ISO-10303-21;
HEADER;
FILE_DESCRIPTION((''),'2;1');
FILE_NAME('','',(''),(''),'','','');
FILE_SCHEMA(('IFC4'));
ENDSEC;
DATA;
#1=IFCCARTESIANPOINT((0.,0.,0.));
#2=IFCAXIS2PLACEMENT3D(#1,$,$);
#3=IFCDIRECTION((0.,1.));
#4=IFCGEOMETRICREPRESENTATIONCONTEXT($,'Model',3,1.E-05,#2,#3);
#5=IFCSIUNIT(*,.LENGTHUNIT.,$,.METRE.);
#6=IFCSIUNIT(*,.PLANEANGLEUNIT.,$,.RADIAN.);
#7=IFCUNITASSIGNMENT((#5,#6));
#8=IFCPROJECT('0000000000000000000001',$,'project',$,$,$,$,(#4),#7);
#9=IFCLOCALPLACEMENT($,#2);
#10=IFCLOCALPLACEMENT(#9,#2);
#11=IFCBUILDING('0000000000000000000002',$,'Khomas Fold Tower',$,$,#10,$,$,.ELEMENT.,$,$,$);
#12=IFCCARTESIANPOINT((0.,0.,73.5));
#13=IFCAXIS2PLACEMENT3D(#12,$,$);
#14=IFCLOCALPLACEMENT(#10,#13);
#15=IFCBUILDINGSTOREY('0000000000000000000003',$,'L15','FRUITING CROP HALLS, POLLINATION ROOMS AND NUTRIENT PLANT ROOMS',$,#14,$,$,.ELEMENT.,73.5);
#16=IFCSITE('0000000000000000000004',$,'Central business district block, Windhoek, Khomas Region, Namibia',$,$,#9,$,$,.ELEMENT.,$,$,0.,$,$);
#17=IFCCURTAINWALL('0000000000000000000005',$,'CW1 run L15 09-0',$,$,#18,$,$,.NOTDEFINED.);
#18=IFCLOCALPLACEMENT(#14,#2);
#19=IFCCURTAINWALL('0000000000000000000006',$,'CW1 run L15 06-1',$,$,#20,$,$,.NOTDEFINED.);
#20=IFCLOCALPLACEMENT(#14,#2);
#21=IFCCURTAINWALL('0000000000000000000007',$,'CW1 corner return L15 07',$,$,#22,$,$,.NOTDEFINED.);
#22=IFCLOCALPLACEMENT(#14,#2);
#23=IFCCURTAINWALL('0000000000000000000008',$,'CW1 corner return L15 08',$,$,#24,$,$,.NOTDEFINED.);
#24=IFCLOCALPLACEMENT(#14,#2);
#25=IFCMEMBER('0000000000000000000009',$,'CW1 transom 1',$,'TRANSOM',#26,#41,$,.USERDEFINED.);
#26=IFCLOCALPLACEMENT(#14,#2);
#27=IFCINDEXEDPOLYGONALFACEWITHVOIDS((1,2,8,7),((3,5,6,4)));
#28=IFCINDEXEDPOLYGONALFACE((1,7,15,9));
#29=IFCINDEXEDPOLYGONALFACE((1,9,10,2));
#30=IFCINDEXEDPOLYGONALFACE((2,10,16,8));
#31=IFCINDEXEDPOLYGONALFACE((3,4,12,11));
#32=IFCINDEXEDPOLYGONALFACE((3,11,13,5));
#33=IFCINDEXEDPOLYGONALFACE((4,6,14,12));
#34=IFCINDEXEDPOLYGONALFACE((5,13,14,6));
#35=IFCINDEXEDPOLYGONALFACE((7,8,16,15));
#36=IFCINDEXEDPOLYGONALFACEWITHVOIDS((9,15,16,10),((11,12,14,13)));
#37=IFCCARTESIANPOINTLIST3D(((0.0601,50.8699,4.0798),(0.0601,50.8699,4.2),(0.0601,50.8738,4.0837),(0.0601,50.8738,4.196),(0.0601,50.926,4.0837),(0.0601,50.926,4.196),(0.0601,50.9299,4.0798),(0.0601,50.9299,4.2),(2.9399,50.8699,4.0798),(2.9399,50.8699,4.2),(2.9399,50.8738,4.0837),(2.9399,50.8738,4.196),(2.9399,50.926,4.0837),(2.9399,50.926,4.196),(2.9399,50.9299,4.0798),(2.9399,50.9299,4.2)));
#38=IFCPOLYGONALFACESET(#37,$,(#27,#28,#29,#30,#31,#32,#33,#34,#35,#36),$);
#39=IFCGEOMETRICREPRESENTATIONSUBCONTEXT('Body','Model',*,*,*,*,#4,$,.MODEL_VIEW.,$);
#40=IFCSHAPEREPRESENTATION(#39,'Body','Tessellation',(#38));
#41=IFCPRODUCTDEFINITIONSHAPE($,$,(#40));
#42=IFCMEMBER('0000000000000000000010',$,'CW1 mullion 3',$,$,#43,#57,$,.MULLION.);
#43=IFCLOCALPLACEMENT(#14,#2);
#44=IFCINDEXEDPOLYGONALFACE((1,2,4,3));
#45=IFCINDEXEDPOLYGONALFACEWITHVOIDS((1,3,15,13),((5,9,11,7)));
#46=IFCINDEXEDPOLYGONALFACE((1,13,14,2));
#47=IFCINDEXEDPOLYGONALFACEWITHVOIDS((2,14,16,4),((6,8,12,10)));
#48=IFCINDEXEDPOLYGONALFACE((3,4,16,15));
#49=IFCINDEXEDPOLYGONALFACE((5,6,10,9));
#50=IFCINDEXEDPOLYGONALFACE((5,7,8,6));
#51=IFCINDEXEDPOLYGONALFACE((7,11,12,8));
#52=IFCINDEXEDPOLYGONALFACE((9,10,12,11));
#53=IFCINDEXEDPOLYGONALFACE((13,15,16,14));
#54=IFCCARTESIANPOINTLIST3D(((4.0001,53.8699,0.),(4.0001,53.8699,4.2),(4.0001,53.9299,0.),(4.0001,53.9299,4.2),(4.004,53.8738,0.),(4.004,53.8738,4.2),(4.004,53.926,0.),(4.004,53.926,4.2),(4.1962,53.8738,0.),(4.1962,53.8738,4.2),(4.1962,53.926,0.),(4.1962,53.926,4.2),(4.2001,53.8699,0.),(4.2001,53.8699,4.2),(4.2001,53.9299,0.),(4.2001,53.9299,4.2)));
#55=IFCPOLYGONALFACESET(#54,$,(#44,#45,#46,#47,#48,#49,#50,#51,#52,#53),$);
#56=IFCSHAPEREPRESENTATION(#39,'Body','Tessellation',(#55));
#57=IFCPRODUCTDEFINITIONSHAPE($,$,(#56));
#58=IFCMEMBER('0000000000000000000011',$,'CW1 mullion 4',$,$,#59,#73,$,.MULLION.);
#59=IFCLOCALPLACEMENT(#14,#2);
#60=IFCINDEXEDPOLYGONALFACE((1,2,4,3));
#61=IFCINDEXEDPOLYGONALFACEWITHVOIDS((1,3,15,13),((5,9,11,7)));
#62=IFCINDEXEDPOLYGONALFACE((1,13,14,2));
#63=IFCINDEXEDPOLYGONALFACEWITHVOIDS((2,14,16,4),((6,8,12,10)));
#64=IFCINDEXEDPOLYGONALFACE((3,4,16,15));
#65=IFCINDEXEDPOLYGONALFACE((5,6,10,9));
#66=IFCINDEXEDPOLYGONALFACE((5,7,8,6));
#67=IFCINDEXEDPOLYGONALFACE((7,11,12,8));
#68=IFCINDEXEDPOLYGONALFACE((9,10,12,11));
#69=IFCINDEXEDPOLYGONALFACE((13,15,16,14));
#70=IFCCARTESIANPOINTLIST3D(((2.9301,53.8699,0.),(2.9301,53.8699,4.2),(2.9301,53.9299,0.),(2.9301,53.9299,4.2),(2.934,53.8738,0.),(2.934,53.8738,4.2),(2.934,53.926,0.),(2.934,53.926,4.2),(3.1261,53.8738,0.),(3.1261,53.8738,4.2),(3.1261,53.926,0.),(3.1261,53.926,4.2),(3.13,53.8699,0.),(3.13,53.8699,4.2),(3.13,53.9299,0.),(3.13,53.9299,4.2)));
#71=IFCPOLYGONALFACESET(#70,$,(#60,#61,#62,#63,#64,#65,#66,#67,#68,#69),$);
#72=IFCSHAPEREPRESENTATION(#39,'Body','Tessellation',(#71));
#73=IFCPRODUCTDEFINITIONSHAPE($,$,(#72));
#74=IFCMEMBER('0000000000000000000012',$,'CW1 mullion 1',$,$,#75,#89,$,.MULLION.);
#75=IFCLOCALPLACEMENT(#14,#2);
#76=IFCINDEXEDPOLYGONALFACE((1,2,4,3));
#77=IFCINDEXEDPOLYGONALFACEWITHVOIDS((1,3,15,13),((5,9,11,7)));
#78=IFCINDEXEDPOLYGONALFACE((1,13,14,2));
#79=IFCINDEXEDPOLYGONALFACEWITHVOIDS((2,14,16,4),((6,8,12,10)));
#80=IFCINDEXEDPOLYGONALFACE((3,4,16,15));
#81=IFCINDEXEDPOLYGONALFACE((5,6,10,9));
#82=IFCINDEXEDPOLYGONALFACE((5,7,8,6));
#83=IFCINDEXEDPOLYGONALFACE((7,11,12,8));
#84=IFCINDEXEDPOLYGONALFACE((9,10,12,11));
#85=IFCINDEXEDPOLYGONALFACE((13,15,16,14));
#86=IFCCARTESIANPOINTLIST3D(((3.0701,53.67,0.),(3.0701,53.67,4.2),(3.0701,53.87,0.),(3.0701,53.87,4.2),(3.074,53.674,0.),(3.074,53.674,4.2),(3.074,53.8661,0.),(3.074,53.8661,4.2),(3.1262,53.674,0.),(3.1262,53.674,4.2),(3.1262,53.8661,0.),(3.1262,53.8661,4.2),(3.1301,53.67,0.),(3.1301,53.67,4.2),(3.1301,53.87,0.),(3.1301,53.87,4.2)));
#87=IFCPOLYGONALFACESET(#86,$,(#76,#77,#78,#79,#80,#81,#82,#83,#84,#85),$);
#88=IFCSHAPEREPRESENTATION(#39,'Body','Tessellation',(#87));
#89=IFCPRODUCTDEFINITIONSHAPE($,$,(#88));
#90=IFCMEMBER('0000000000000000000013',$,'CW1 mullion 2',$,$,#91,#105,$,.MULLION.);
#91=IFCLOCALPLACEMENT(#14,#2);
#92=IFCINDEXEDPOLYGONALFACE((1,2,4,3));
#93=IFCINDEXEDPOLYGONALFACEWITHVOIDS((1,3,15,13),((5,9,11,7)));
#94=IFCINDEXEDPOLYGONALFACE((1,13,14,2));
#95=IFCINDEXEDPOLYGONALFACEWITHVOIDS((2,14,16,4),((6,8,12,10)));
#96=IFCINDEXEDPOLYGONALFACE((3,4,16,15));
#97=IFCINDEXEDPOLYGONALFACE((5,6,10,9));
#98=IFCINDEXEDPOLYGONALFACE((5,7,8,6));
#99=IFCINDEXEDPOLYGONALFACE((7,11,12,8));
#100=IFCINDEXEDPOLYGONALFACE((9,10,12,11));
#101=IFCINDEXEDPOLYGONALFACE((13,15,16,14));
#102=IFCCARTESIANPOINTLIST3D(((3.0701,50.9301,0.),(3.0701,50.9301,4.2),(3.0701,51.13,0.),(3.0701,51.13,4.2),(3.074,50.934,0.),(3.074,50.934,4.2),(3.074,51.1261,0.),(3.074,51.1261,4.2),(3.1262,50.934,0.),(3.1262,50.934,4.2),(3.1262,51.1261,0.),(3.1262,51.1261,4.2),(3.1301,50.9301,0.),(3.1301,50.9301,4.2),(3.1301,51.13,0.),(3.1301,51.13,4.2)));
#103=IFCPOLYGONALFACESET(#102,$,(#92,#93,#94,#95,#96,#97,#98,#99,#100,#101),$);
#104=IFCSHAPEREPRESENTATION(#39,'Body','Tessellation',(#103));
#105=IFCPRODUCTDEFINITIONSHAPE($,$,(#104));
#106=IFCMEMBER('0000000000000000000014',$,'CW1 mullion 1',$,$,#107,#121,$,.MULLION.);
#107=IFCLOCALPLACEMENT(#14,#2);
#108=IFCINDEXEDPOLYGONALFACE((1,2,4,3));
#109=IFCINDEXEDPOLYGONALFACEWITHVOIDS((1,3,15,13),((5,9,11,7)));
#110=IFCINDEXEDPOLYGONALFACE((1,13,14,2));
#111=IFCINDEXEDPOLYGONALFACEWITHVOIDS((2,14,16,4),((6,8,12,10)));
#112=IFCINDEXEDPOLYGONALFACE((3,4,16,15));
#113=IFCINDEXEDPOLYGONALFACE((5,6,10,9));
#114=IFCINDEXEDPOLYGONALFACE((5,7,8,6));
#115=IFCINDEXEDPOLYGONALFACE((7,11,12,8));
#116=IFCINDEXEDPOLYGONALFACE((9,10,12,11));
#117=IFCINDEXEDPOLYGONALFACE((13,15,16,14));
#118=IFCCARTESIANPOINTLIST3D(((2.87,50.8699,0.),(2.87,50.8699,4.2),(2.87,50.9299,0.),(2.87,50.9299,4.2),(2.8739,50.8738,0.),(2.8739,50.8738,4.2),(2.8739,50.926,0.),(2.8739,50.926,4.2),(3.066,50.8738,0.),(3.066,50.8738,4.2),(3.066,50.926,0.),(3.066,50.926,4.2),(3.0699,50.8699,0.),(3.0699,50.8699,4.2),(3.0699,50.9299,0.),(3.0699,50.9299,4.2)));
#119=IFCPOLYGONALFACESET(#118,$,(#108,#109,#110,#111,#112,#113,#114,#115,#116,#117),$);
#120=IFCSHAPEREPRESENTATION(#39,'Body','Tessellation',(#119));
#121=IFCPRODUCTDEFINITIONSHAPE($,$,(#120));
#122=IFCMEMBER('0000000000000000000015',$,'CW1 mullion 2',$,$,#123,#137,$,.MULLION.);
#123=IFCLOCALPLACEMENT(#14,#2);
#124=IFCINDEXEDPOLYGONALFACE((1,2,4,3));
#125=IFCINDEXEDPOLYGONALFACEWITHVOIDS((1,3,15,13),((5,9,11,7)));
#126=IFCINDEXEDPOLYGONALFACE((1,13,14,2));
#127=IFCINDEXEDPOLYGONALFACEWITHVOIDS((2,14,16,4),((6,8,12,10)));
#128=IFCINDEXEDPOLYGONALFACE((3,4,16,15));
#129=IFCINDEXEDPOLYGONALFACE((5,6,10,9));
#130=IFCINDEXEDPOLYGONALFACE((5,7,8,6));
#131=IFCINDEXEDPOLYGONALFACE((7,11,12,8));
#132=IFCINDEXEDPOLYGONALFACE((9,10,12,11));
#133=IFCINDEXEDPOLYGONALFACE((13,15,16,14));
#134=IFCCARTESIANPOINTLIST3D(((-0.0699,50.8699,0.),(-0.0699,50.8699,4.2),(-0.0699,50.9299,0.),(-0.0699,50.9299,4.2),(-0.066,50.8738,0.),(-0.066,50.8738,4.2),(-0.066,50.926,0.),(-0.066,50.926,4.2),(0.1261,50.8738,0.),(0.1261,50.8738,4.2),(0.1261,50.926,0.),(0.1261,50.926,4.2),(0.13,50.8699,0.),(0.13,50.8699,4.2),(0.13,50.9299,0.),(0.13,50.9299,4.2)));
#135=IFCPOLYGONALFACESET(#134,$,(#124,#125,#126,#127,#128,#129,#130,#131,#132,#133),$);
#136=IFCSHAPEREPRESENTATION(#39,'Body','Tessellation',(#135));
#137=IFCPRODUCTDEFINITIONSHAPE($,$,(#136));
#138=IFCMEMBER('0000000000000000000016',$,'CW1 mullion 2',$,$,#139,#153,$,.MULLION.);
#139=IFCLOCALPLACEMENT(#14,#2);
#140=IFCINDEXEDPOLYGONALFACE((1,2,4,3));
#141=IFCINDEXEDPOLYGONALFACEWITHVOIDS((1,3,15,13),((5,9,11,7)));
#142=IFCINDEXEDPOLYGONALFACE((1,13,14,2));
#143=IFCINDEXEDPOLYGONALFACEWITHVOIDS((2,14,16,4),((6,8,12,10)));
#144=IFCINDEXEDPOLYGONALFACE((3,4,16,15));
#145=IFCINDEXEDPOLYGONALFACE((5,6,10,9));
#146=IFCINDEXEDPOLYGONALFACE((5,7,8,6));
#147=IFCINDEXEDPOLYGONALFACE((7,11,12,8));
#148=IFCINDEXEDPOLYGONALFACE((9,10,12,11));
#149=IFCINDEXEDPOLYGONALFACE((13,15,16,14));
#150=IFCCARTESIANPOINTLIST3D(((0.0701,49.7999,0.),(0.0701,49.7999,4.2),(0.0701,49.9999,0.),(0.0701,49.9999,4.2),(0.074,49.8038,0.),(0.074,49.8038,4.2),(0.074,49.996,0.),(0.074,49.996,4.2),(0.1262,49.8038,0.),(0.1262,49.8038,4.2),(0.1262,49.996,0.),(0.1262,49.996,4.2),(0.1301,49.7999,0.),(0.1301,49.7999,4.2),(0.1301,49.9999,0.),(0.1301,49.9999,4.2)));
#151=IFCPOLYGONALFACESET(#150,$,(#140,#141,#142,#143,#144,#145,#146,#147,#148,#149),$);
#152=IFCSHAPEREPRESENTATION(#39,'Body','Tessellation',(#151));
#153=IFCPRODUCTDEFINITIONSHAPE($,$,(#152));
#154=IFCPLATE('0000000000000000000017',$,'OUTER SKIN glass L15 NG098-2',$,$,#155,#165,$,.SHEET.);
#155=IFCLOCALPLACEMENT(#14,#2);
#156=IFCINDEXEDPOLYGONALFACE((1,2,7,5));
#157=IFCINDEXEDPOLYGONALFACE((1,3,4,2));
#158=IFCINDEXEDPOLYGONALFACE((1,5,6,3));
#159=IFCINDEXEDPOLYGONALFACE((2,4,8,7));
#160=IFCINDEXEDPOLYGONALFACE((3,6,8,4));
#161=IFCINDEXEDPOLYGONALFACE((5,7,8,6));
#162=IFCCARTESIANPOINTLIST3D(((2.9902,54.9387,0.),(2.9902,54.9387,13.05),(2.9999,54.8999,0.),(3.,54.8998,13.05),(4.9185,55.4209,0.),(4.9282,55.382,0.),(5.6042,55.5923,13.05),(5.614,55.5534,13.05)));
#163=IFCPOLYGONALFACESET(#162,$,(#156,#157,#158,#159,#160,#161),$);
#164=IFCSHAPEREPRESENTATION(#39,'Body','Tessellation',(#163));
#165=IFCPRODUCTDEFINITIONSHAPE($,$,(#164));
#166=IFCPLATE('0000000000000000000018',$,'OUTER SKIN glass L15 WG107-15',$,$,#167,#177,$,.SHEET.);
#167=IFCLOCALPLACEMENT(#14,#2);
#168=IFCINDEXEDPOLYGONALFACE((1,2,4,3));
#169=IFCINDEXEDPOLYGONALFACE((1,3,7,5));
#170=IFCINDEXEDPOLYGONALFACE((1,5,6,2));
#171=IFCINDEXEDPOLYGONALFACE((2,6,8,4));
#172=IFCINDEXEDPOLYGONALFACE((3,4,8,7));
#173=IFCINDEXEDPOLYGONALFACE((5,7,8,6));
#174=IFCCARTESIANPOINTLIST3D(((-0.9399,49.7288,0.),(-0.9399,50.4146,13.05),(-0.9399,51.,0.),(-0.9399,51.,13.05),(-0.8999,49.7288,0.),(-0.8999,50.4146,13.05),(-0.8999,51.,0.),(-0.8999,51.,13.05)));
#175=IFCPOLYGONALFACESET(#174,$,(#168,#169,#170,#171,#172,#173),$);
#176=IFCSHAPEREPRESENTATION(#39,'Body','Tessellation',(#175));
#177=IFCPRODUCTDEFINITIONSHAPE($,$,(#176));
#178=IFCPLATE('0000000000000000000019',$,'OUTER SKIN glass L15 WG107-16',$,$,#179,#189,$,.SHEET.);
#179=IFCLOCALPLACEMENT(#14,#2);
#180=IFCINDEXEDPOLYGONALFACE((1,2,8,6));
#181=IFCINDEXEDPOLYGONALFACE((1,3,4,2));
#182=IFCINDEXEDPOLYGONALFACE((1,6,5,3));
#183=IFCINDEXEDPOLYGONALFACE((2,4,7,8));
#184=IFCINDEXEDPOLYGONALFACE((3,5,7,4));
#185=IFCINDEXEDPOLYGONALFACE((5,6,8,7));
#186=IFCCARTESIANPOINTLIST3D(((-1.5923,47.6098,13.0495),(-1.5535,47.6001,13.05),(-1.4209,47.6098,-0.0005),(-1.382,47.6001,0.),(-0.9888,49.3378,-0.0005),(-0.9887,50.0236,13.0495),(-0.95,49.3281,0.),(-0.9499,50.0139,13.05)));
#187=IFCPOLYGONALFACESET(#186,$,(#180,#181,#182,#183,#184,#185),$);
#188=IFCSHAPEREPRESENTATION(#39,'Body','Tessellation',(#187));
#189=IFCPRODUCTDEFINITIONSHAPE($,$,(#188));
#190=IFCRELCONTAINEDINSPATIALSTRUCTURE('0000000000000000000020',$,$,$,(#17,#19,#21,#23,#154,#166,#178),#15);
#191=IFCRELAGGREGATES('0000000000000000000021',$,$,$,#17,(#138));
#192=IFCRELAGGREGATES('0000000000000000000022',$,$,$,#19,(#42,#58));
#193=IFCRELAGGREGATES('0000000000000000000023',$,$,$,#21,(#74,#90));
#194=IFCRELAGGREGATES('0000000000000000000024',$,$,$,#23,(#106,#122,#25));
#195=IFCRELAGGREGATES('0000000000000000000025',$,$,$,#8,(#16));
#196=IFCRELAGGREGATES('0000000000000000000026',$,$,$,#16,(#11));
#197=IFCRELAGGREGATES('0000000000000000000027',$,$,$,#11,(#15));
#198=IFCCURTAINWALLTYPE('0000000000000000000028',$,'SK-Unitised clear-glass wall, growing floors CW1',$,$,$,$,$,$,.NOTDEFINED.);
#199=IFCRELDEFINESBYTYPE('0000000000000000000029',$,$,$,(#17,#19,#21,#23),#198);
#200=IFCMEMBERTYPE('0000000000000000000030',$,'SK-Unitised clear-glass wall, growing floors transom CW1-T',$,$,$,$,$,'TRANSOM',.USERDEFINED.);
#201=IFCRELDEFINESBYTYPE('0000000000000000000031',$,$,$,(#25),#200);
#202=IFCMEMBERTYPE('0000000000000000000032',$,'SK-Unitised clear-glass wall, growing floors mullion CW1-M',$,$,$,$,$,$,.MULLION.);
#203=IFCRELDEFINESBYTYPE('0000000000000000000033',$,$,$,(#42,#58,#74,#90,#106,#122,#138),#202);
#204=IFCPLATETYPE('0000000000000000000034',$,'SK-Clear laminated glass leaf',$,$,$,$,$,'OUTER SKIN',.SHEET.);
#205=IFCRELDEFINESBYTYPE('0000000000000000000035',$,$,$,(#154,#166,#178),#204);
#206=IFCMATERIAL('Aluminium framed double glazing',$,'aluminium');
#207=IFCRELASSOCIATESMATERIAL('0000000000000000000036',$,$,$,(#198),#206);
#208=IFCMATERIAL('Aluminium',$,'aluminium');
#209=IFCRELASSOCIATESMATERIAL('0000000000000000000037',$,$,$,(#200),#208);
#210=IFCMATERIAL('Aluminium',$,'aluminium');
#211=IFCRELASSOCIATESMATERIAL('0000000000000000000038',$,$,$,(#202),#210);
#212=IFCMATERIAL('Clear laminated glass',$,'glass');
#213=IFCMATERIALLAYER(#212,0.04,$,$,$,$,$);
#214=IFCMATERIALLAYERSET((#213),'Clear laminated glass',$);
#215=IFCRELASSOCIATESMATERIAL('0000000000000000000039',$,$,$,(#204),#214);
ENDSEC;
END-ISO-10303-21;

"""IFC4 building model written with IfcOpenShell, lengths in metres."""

from ifc_helpers import new_model, si_unit, direction, frame, origin, origin_2d, place, context, subcontext, project, spatial, polyline, hollow_rectangle, outline, extrude, source, transform, mapped, material, layer, layer_set, material_profile, profile_set, type_object, element, aggregate, save


model = new_model("IFC4")

# Units and contexts
model_context = context("Model", 3, precision=1e-05, world=origin(), true_north=direction((0.0, 1.0)))
body_context = subcontext(model_context, "Body", "Model", "MODEL_VIEW")
ifc_project = project(units=[si_unit("LENGTHUNIT", "METRE"), si_unit("PLANEANGLEUNIT", "RADIAN")], contexts=[model_context])

# Site, building, storey
site_placement = place(None, origin())
site = spatial("IfcSite", under=ifc_project, at=site_placement, Name="Central business district block, Windhoek, Khomas Region, Namibia", CompositionType="ELEMENT", RefElevation=0.0)
building_placement = place(site_placement, origin())
building = spatial("IfcBuilding", under=site, at=building_placement, Name="Khomas Fold Tower", CompositionType="ELEMENT")
storey_placement = place(building_placement, frame((0.0, 0.0, 73.5)))
storey = spatial("IfcBuildingStorey", under=building, at=storey_placement, Name="L15", Description="FRUITING CROP HALLS, POLLINATION ROOMS AND NUTRIENT PLANT ROOMS", CompositionType="ELEMENT", Elevation=73.5)

# Curtain wall
ifc_material_1 = material(Name="Aluminium framed double glazing", Category="aluminium")
curtain_wall_type = type_object("IfcCurtainWallType", Name="SK-Unitised clear-glass wall, growing floors CW1", PredefinedType="NOTDEFINED", material=ifc_material_1)
curtain_wall_1_placement = place(storey_placement, origin())
curtain_wall_1 = element("IfcCurtainWall", 1, at=curtain_wall_1_placement, inside=storey, type_object=curtain_wall_type, Name="CW1 run L15 09-0", PredefinedType="NOTDEFINED")
ifc_material_2 = material(Name="Aluminium", Category="aluminium")
ifc_material_profile_1 = material_profile(ifc_material_2, hollow_rectangle(XDim=0.0601, YDim=0.1201, WallThickness=0.0039, at=origin_2d()), Name="SK-Unitised clear-glass wall, growing floors transom CW1-T")
ifc_profile_set_1 = profile_set([ifc_material_profile_1], Name="Aluminium")
member_type_1 = type_object("IfcMemberType", Name="SK-Unitised clear-glass wall, growing floors transom CW1-T", ElementType="TRANSOM", PredefinedType="USERDEFINED", material=ifc_profile_set_1)

# Curtain walls, member
curtain_wall_2_placement = place(storey_placement, origin())
curtain_wall_2 = element("IfcCurtainWall", 2, at=curtain_wall_2_placement, inside=storey, type_object=curtain_wall_type, Name="CW1 run L15 06-1", PredefinedType="NOTDEFINED")
curtain_wall_3_placement = place(storey_placement, origin())
curtain_wall_3 = element("IfcCurtainWall", 3, at=curtain_wall_3_placement, inside=storey, type_object=curtain_wall_type, Name="CW1 corner return L15 07", PredefinedType="NOTDEFINED")
curtain_wall_4_placement = place(storey_placement, origin())
curtain_wall_4 = element("IfcCurtainWall", 4, at=curtain_wall_4_placement, inside=storey, type_object=curtain_wall_type, Name="CW1 corner return L15 08", PredefinedType="NOTDEFINED")
shared_shape_1 = source(origin(), body_context, "Body", "SweptSolid", [
    extrude(hollow_rectangle(XDim=0.0601, YDim=0.1201, WallThickness=0.0039, at=origin_2d()), origin(), (0.0, 0.0, 1.0), 2.8799),
])
member_1_placement = place(storey_placement, frame((2.9399, 50.8999, 4.1399), z_axis=(-1.0, 0.0, 0.0), x_axis=(0.0, -1.0, 0.0)))
member_1 = element("IfcMember", 5, at=member_1_placement, type_object=member_type_1, Name="CW1 transom 1", ObjectType="TRANSOM", PredefinedType="USERDEFINED", context=body_context, shape_type="MappedRepresentation", body=[
    mapped(shared_shape_1, transform((0.0, 0.0, 0.0))),
])

# Members
ifc_material_3 = material(Name="Aluminium", Category="aluminium")
ifc_material_profile_2 = material_profile(ifc_material_3, hollow_rectangle(XDim=0.0601, YDim=0.2, WallThickness=0.0039, at=origin_2d()), Name="SK-Unitised clear-glass wall, growing floors mullion CW1-M")
ifc_profile_set_2 = profile_set([ifc_material_profile_2], Name="Aluminium")
member_type_2 = type_object("IfcMemberType", Name="SK-Unitised clear-glass wall, growing floors mullion CW1-M", PredefinedType="MULLION", material=ifc_profile_set_2)
shared_shape_2 = source(origin(), body_context, "Body", "SweptSolid", [
    extrude(hollow_rectangle(XDim=0.0601, YDim=0.2, WallThickness=0.0039, at=origin_2d()), origin(), (0.0, 0.0, 1.0), 4.2),
])
member_2_placement = place(storey_placement, frame((4.1001, 53.8999, 0.0), z_axis=(0.0, 0.0, 1.0), x_axis=(0.0, -1.0, 0.0)))
member_2 = element("IfcMember", 6, at=member_2_placement, type_object=member_type_2, Name="CW1 mullion 3", PredefinedType="MULLION", context=body_context, shape_type="MappedRepresentation", body=[
    mapped(shared_shape_2, transform((0.0, 0.0, 0.0))),
])
member_3_placement = place(storey_placement, frame((3.03, 53.8999, 0.0), z_axis=(0.0, 0.0, 1.0), x_axis=(0.0, -1.0, 0.0)))
member_3 = element("IfcMember", 7, at=member_3_placement, type_object=member_type_2, Name="CW1 mullion 4", PredefinedType="MULLION", context=body_context, shape_type="MappedRepresentation", body=[
    mapped(shared_shape_2, transform((0.0, 0.0, 0.0))),
])
member_4_placement = place(storey_placement, frame((3.1001, 53.77, 0.0), z_axis=(0.0, 0.0, 1.0), x_axis=(1.0, 0.0, 0.0)))
member_4 = element("IfcMember", 8, at=member_4_placement, type_object=member_type_2, Name="CW1 mullion 1", PredefinedType="MULLION", context=body_context, shape_type="MappedRepresentation", body=[
    mapped(shared_shape_2, transform((0.0, 0.0, 0.0))),
])
member_5_placement = place(storey_placement, frame((3.1001, 51.03, 0.0), z_axis=(0.0, 0.0, 1.0), x_axis=(1.0, 0.0, 0.0)))
member_5 = element("IfcMember", 9, at=member_5_placement, type_object=member_type_2, Name="CW1 mullion 2", PredefinedType="MULLION", context=body_context, shape_type="MappedRepresentation", body=[
    mapped(shared_shape_2, transform((0.0, 0.0, 0.0))),
])
member_6_placement = place(storey_placement, frame((2.97, 50.8999, 0.0), z_axis=(0.0, 0.0, 1.0), x_axis=(0.0, -1.0, 0.0)))
member_6 = element("IfcMember", 10, at=member_6_placement, type_object=member_type_2, Name="CW1 mullion 1", PredefinedType="MULLION", context=body_context, shape_type="MappedRepresentation", body=[
    mapped(shared_shape_2, transform((0.0, 0.0, 0.0))),
])
member_7_placement = place(storey_placement, frame((0.03, 50.8999, 0.0), z_axis=(0.0, 0.0, 1.0), x_axis=(0.0, -1.0, 0.0)))
member_7 = element("IfcMember", 11, at=member_7_placement, type_object=member_type_2, Name="CW1 mullion 2", PredefinedType="MULLION", context=body_context, shape_type="MappedRepresentation", body=[
    mapped(shared_shape_2, transform((0.0, 0.0, 0.0))),
])
member_8_placement = place(storey_placement, frame((0.1001, 49.8999, 0.0), z_axis=(0.0, 0.0, 1.0), x_axis=(1.0, 0.0, 0.0)))
member_8 = element("IfcMember", 12, at=member_8_placement, type_object=member_type_2, Name="CW1 mullion 2", PredefinedType="MULLION", context=body_context, shape_type="MappedRepresentation", body=[
    mapped(shared_shape_2, transform((0.0, 0.0, 0.0))),
])

# Plates
ifc_material_4 = material(Name="Clear laminated glass", Category="glass")
ifc_layer_1 = layer(ifc_material_4, 0.04)
ifc_layer_set_1 = layer_set([ifc_layer_1], Name="Clear laminated glass")
plate_type_1 = type_object("IfcPlateType", Name="SK-Clear laminated glass leaf", ElementType="OUTER SKIN", PredefinedType="SHEET", material=ifc_layer_set_1)
plate_1_placement = place(storey_placement, frame((5.6042, 55.5923, 13.05), z_axis=(-0.242572, 0.970133, 0.000003), x_axis=(-0.052473, -0.013117, -0.998536)))
element("IfcPlate", 13, at=plate_1_placement, inside=storey, type_object=plate_type_1, Name="OUTER SKIN glass L15 NG098-2", PredefinedType="SHEET", context=body_context, shape_type="SweptSolid", body=[
    extrude(outline(polyline([(0.0, 0.0), (13.0692, 0.0), (13.1767, 1.9847), (0.1457, 2.6905), (0.0, 0.0)])), origin(), (0.0, 0.0, -1.0), 0.04),
])
plate_2_placement = place(storey_placement, frame((-0.9399, 49.7288, 0.0), z_axis=(-1.0, 0.0, 0.0), x_axis=(0.0, 0.052478, 0.998622)))
element("IfcPlate", 14, at=plate_2_placement, inside=storey, type_object=plate_type_1, Name="OUTER SKIN glass L15 WG107-15", PredefinedType="SHEET", context=body_context, shape_type="SweptSolid", body=[
    extrude(outline(polyline([(0.0, 0.0), (13.0681, 0.0), (13.0988, 0.5846), (0.0667, 1.2695), (0.0, 0.0)])), origin(), (0.0, 0.0, -1.0), 0.04),
])
plate_3_placement = place(storey_placement, frame((-0.95, 49.3281, 0.0), z_axis=(0.970054, -0.242556, 0.012743), x_axis=(-0.242576, -0.970132, 0.0)))
element("IfcPlate", 15, at=plate_3_placement, inside=storey, type_object=plate_type_1, Name="OUTER SKIN glass L15 WG107-16", PredefinedType="SHEET", context=body_context, shape_type="SweptSolid", body=[
    extrude(outline(polyline([(0.0, 0.0), (1.7812, 0.0), (1.8228, -13.0511), (-0.6653, -13.0511), (0.0, 0.0)])), origin(), (0.0, 0.0, -1.0), 0.04),
])

aggregate(curtain_wall_1, [member_8])
aggregate(curtain_wall_2, [member_2, member_3])
aggregate(curtain_wall_3, [member_4, member_5])
aggregate(curtain_wall_4, [member_6, member_7, member_1])

save(model, "model.ifc")
